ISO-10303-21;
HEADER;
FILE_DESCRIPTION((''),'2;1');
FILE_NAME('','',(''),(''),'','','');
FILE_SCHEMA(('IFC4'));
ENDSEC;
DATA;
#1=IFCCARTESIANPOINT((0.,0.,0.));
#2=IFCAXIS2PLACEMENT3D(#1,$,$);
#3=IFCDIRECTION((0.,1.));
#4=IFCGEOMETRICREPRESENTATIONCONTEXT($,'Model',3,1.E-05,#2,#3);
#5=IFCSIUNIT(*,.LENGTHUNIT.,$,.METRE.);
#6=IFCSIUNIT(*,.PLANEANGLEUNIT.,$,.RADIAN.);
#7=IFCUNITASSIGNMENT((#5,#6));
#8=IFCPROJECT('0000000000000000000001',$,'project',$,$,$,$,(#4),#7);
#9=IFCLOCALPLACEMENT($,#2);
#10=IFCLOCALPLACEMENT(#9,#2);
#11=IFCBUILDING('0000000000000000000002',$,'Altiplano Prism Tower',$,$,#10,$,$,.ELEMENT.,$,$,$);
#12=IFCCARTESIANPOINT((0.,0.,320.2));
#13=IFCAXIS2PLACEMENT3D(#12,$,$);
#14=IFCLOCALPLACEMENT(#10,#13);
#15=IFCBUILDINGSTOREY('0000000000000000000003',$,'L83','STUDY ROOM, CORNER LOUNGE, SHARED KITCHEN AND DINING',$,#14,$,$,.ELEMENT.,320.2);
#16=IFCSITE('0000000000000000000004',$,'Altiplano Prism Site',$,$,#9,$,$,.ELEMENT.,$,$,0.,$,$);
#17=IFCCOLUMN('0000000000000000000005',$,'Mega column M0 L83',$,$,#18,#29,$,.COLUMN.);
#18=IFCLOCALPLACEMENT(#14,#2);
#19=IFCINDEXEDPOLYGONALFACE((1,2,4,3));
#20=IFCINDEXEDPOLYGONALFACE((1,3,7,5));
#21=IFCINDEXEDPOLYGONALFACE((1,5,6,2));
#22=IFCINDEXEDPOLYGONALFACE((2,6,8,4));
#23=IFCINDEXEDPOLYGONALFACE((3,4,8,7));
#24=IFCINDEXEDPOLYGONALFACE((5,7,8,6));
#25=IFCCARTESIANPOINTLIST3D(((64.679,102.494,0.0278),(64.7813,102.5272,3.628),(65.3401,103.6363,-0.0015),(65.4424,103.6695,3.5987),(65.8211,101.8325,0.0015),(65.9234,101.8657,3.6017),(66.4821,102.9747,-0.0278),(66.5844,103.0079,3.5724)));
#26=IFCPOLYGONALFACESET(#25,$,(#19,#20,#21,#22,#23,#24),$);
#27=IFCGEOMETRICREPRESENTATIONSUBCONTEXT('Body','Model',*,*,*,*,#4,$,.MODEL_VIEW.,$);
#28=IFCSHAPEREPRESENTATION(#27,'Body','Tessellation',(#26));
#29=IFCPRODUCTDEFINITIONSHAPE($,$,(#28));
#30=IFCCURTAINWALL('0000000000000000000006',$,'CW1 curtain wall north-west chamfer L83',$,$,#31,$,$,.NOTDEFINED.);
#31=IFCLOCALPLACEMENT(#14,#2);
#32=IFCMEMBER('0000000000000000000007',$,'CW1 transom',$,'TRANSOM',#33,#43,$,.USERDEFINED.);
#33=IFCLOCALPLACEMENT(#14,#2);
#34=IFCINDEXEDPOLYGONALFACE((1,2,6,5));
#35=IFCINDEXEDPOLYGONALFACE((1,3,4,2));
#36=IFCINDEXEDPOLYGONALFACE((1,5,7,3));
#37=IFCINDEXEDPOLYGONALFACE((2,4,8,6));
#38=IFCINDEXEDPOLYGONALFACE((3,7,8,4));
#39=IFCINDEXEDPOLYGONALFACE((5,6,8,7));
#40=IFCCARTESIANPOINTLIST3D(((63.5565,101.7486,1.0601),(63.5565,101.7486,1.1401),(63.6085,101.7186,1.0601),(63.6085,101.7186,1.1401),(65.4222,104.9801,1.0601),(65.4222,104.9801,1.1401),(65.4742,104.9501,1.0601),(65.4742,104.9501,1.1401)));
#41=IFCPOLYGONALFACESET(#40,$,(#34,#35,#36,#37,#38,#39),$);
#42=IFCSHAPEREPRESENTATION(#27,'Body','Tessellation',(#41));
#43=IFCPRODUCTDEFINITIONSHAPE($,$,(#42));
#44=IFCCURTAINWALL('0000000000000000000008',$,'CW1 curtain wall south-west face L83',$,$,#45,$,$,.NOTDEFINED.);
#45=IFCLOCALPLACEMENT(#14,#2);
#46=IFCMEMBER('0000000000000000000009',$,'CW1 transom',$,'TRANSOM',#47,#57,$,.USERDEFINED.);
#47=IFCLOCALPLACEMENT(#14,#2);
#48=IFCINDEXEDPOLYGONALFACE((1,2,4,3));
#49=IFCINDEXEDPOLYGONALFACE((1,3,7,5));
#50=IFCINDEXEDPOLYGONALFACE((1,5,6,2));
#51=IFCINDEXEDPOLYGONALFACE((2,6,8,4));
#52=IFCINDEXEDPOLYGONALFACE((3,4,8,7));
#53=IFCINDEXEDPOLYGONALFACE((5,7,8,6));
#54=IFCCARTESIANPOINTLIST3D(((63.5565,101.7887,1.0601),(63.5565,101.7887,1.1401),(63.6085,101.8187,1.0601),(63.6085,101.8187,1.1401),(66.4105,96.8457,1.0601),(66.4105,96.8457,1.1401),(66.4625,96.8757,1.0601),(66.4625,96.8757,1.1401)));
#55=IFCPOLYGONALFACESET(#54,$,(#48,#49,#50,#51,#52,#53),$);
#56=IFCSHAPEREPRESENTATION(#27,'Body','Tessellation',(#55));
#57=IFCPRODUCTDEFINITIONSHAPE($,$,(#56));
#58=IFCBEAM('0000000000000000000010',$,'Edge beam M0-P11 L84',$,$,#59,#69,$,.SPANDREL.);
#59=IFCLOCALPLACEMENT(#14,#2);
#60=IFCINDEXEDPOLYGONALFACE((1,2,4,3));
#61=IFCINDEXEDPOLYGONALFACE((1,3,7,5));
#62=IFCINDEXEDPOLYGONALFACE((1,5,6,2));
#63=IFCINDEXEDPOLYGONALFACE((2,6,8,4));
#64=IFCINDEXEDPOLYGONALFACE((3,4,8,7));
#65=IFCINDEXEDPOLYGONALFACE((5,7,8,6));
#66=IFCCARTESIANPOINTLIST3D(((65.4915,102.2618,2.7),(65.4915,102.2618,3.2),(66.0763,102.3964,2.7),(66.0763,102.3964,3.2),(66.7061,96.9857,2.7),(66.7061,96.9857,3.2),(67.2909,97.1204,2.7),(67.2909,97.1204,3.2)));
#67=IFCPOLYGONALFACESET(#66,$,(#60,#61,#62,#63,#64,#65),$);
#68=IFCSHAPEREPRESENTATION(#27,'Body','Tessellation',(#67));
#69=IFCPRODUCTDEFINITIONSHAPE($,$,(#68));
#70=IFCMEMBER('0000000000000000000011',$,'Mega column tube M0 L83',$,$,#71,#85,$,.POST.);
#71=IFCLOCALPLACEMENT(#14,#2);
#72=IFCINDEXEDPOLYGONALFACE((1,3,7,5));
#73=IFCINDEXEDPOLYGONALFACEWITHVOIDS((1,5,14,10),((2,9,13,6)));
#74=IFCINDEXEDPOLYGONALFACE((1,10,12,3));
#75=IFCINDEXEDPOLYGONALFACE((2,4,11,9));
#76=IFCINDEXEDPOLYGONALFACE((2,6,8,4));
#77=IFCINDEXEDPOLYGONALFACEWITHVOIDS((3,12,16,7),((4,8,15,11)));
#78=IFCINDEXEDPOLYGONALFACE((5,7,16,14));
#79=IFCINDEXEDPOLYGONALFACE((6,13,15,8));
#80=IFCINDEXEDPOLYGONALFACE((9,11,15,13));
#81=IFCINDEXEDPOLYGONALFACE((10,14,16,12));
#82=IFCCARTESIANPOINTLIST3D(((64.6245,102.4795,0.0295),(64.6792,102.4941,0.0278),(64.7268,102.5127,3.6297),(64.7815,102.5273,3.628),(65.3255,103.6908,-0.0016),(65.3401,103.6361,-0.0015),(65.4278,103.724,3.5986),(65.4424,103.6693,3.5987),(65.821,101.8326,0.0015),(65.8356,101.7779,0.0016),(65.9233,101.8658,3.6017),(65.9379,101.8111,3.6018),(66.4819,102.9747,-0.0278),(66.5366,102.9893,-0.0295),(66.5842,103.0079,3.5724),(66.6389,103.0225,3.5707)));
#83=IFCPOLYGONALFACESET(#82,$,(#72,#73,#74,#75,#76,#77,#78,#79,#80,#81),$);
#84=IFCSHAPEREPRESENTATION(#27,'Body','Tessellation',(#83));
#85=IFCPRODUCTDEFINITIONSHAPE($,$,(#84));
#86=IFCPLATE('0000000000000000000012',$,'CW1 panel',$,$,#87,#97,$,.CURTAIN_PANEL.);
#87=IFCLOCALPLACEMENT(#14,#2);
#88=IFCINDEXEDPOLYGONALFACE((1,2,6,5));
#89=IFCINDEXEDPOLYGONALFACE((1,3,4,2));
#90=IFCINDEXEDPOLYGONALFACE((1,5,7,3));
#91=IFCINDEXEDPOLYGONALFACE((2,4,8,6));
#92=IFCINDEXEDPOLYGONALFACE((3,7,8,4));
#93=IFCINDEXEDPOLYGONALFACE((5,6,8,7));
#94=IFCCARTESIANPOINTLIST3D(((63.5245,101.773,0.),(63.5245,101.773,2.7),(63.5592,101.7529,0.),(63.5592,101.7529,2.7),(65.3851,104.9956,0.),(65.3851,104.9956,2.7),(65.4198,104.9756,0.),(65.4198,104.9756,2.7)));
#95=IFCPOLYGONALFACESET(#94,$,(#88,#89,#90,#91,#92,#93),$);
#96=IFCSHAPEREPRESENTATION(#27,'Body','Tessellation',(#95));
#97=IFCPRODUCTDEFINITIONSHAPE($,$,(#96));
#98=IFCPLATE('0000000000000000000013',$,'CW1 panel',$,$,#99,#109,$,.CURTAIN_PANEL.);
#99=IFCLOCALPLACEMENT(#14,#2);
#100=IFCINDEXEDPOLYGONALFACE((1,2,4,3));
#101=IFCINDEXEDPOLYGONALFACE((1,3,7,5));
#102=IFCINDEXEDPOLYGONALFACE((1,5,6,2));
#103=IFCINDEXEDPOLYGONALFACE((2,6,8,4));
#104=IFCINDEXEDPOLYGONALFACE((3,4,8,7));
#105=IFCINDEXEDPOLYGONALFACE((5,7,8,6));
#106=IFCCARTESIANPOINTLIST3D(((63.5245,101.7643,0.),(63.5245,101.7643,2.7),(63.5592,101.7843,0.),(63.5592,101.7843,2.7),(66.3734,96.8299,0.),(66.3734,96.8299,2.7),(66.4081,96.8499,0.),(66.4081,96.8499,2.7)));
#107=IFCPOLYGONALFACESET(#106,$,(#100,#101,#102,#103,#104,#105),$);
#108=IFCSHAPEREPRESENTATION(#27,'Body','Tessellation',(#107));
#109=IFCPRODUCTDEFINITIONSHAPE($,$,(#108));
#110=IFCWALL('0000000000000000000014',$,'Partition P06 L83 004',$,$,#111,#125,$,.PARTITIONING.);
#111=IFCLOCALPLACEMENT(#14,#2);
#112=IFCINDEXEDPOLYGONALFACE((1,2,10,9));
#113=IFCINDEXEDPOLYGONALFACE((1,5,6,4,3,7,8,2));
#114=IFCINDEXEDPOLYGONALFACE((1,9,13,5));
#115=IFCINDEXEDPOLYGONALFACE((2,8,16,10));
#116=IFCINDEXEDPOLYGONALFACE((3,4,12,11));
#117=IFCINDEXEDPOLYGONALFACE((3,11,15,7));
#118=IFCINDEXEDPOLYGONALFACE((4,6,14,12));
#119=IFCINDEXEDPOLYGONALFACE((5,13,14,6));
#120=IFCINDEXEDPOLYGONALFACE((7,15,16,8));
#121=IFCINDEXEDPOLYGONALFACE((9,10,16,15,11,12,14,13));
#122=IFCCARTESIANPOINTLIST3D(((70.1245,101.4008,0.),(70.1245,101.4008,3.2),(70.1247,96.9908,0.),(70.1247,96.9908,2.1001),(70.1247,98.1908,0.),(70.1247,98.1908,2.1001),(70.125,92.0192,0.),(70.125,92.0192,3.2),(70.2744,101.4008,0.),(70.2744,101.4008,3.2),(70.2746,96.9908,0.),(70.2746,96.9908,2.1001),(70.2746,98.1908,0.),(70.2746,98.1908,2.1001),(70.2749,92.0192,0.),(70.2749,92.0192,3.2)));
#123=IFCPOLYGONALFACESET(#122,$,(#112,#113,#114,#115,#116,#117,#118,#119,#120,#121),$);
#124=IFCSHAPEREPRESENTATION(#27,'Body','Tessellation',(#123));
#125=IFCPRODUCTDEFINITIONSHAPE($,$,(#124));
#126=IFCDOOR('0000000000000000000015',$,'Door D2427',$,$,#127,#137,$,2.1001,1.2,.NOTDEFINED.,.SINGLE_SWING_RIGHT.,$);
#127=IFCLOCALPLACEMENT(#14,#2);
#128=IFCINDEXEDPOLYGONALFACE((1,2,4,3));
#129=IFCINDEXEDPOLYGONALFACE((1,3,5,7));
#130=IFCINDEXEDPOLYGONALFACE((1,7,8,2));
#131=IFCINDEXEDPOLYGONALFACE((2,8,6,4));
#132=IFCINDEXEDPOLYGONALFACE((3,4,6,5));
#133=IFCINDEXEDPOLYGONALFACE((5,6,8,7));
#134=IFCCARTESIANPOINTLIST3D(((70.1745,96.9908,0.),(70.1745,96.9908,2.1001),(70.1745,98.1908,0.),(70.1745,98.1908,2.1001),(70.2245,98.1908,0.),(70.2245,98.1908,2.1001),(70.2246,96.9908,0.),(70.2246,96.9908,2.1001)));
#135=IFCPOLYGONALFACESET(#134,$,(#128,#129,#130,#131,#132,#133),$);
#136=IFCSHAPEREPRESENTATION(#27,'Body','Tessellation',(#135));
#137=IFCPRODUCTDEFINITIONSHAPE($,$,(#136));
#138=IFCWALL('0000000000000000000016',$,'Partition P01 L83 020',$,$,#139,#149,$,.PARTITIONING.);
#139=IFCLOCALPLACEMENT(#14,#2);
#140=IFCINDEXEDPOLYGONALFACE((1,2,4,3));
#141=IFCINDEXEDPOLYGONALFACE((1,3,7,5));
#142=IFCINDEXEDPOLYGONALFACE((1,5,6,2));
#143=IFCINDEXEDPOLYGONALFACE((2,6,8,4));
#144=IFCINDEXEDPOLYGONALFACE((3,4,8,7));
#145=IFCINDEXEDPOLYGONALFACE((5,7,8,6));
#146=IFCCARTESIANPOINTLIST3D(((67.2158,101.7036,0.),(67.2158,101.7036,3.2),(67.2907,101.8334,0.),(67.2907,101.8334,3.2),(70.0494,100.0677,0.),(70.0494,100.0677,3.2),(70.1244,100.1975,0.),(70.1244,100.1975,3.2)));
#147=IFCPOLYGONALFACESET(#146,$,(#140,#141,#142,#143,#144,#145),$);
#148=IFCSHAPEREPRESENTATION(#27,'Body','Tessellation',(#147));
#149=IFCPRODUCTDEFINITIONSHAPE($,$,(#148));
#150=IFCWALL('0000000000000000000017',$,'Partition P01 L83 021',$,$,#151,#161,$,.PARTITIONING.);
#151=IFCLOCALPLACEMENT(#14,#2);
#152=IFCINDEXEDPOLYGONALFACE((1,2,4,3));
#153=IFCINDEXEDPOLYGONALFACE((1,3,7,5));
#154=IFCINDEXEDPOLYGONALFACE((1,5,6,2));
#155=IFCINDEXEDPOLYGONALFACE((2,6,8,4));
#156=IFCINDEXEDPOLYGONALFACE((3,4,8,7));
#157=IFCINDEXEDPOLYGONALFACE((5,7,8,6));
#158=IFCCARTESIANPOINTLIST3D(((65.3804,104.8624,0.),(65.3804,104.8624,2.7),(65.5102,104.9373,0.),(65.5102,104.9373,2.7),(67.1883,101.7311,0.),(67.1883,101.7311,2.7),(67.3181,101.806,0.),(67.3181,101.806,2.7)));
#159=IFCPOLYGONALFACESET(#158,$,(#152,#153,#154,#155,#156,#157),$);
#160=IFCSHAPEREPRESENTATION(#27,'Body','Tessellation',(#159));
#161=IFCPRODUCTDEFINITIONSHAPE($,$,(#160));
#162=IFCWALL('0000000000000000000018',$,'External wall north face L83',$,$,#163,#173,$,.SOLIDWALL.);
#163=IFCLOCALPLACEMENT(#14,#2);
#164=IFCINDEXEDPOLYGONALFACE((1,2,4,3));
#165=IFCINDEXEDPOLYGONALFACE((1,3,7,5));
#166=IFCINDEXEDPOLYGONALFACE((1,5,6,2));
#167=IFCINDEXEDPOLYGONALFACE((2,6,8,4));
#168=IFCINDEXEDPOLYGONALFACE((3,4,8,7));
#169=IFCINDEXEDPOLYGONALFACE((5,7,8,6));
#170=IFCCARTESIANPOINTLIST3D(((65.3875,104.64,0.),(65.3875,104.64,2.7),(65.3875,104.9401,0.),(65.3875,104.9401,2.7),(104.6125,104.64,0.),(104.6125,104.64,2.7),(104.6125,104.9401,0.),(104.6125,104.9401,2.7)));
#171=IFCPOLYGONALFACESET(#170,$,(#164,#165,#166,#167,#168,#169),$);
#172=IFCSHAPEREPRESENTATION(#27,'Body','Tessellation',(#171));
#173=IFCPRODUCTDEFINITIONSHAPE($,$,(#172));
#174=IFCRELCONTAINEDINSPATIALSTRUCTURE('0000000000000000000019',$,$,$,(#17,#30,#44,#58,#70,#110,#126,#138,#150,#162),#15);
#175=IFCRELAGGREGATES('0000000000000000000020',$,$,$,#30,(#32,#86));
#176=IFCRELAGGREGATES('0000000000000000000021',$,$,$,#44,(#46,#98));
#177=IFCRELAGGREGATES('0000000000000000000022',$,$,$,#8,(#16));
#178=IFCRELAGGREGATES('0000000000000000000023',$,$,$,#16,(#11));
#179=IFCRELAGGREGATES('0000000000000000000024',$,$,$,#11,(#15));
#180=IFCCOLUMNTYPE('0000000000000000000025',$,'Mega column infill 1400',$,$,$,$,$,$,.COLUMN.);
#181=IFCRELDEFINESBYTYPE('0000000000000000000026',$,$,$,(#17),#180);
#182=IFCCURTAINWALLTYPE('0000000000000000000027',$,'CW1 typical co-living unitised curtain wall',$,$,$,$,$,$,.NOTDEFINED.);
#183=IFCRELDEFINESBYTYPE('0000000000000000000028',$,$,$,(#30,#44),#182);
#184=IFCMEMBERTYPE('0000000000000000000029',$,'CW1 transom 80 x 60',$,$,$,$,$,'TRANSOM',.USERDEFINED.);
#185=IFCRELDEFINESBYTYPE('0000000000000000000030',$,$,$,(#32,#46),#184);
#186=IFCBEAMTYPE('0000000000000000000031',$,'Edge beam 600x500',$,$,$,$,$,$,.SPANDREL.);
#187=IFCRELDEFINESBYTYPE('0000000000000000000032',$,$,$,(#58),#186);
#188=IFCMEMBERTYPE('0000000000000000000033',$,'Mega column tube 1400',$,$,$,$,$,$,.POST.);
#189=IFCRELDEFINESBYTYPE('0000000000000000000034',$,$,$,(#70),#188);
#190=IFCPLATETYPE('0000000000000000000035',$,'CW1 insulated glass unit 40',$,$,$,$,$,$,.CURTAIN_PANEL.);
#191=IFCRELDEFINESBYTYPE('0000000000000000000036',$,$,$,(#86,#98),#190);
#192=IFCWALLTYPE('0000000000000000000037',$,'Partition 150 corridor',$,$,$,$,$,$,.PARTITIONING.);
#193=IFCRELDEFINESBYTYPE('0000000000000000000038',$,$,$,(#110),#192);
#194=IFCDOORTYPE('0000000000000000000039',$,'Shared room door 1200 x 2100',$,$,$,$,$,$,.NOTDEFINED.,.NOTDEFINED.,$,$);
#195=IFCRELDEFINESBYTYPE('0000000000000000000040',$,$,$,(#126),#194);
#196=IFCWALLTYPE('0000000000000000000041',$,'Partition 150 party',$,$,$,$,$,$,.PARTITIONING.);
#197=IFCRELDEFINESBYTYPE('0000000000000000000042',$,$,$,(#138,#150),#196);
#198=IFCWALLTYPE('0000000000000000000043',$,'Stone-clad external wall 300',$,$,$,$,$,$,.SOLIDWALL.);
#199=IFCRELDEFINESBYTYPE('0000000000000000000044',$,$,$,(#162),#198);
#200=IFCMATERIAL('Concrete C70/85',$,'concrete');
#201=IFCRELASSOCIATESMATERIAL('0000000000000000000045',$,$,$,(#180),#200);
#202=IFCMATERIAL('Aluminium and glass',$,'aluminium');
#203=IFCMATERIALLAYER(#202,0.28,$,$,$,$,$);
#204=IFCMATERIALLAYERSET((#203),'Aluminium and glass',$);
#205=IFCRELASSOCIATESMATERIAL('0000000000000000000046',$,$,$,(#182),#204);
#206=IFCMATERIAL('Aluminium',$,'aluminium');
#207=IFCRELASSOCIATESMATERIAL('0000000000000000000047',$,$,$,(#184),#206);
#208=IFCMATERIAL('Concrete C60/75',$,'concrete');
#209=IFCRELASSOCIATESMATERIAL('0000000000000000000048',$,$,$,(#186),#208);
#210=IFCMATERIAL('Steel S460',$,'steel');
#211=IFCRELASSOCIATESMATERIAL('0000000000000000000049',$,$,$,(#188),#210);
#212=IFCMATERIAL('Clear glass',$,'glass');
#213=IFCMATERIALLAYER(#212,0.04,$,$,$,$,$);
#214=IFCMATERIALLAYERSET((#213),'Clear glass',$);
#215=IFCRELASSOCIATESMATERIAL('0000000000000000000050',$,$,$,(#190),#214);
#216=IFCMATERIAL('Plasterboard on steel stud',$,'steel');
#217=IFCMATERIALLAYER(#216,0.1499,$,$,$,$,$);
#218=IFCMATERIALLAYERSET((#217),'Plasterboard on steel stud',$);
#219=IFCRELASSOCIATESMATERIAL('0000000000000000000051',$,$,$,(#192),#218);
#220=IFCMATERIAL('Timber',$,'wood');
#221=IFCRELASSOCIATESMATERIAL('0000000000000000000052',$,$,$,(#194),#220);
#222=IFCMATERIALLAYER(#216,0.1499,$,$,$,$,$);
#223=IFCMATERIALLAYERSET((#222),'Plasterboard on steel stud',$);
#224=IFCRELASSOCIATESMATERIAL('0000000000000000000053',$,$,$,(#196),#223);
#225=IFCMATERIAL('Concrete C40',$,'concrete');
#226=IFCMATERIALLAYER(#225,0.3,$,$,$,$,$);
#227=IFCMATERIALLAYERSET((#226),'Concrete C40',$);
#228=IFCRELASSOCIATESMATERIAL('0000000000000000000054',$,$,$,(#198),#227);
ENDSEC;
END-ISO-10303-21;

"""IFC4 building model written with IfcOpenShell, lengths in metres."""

from ifc_helpers import new_model, si_unit, direction, frame, frame_2d, origin, origin_2d, place, context, subcontext, project, spatial, rectangle, hollow_rectangle, extrude, material, layer, layer_set, material_profile, profile_set, type_object, element, fill, aggregate, save


model = new_model("IFC4")

# Units and contexts
model_context = context("Model", 3, precision=1e-05, world=origin(), true_north=direction((0.0, 1.0)))
body_context = subcontext(model_context, "Body", "Model", "MODEL_VIEW")
ifc_project = project(units=[si_unit("LENGTHUNIT", "METRE"), si_unit("PLANEANGLEUNIT", "RADIAN")], contexts=[model_context])

# Site, building, storey
site_placement = place(None, origin())
site = spatial("IfcSite", under=ifc_project, at=site_placement, Name="Altiplano Prism Site", CompositionType="ELEMENT", RefElevation=0.0)
building_placement = place(site_placement, origin())
building = spatial("IfcBuilding", under=site, at=building_placement, Name="Altiplano Prism Tower", CompositionType="ELEMENT")
storey_placement = place(building_placement, frame((0.0, 0.0, 320.2)))
storey = spatial("IfcBuildingStorey", under=building, at=storey_placement, Name="L83", Description="STUDY ROOM, CORNER LOUNGE, SHARED KITCHEN AND DINING", CompositionType="ELEMENT", Elevation=320.2)

# Column
ifc_material_1 = material(Name="Concrete C70/85", Category="concrete")
ifc_material_profile_1 = material_profile(ifc_material_1, rectangle(XDim=1.3201, YDim=1.3201, at=origin_2d()), Name="Mega column infill 1400")
ifc_profile_set_1 = profile_set([ifc_material_profile_1], Name="Concrete C70/85")
column_type = type_object("IfcColumnType", Name="Mega column infill 1400", PredefinedType="COLUMN", material=ifc_profile_set_1)
column_placement = place(storey_placement, frame((65.5806, 102.7344, 0.0), z_axis=(0.028402, 0.009219, 0.999554), x_axis=(-0.865122, 0.501165, 0.01996)))
element("IfcColumn", 1, at=column_placement, inside=storey, type_object=column_type, Name="Mega column M0 L83", PredefinedType="COLUMN", context=body_context, shape_type="SweptSolid", body=[
    extrude(rectangle(XDim=1.3201, YDim=1.3201, at=origin_2d()), origin(), (0.0, 0.0, 1.0), 3.6018),
])

# Curtain walls, members
ifc_material_2 = material(Name="Aluminium and glass", Category="aluminium")
ifc_layer_1 = layer(ifc_material_2, 0.28)
ifc_layer_set_1 = layer_set([ifc_layer_1], Name="Aluminium and glass")
curtain_wall_type = type_object("IfcCurtainWallType", Name="CW1 typical co-living unitised curtain wall", PredefinedType="NOTDEFINED", material=ifc_layer_set_1)
curtain_wall_1_placement = place(storey_placement, origin())
curtain_wall_1 = element("IfcCurtainWall", 2, at=curtain_wall_1_placement, inside=storey, type_object=curtain_wall_type, Name="CW1 curtain wall north-west chamfer L83", PredefinedType="NOTDEFINED")
ifc_material_3 = material(Name="Aluminium", Category="aluminium")
ifc_material_profile_2 = material_profile(ifc_material_3, rectangle(XDim=0.0601, YDim=0.0801, at=origin_2d()), Name="CW1 transom 80 x 60")
ifc_profile_set_2 = profile_set([ifc_material_profile_2], Name="Aluminium")
member_type_1 = type_object("IfcMemberType", Name="CW1 transom 80 x 60", ElementType="TRANSOM", PredefinedType="USERDEFINED", material=ifc_profile_set_2)
member_1_placement = place(storey_placement, frame((65.4482, 104.9651, 1.1001), z_axis=(-0.500009, -0.86602, 0.0), x_axis=(0.86602, -0.500009, 0.0)))
member_1 = element("IfcMember", 3, at=member_1_placement, type_object=member_type_1, Name="CW1 transom", ObjectType="TRANSOM", PredefinedType="USERDEFINED", context=body_context, shape_type="SweptSolid", body=[
    extrude(rectangle(XDim=0.0601, YDim=0.0801, at=origin_2d()), origin(), (0.0, 0.0, 1.0), 3.7314),
])
curtain_wall_2_placement = place(storey_placement, origin())
curtain_wall_2 = element("IfcCurtainWall", 4, at=curtain_wall_2_placement, inside=storey, type_object=curtain_wall_type, Name="CW1 curtain wall south-west face L83", PredefinedType="NOTDEFINED")
member_2_placement = place(storey_placement, frame((63.5825, 101.8037, 1.1001), z_axis=(0.500012, -0.866018, 0.0), x_axis=(0.866018, 0.500012, 0.0)))
member_2 = element("IfcMember", 5, at=member_2_placement, type_object=member_type_1, Name="CW1 transom", ObjectType="TRANSOM", PredefinedType="USERDEFINED", context=body_context, shape_type="SweptSolid", body=[
    extrude(rectangle(XDim=0.0601, YDim=0.0801, at=origin_2d()), origin(), (0.0, 0.0, 1.0), 5.7078),
])

# Beam
ifc_material_4 = material(Name="Concrete C60/75", Category="concrete")
ifc_material_profile_3 = material_profile(ifc_material_4, rectangle(XDim=0.6001, YDim=0.5, at=origin_2d()), Name="Edge beam 600x500")
ifc_profile_set_3 = profile_set([ifc_material_profile_3], Name="Concrete C60/75")
beam_type = type_object("IfcBeamType", Name="Edge beam 600x500", PredefinedType="SPANDREL", material=ifc_profile_set_3)
beam_placement = place(storey_placement, frame((65.7839, 102.3291, 2.95), z_axis=(0.224339, -0.974511, 0.0), x_axis=(0.974511, 0.224339, 0.0)))
element("IfcBeam", 6, at=beam_placement, inside=storey, type_object=beam_type, Name="Edge beam M0-P11 L84", PredefinedType="SPANDREL", context=body_context, shape_type="SweptSolid", body=[
    extrude(rectangle(XDim=0.6001, YDim=0.5, at=origin_2d()), origin(), (0.0, 0.0, 1.0), 5.4141),
])

# Member
ifc_material_5 = material(Name="Steel S460", Category="steel")
ifc_material_profile_4 = material_profile(ifc_material_5, hollow_rectangle(XDim=1.3999, YDim=1.3999, WallThickness=0.04, at=origin_2d()), Name="Mega column tube 1400")
ifc_profile_set_4 = profile_set([ifc_material_profile_4], Name="Steel S460")
member_type_2 = type_object("IfcMemberType", Name="Mega column tube 1400", PredefinedType="POST", material=ifc_profile_set_4)
member_3_placement = place(storey_placement, frame((65.5806, 102.7344, 0.0), z_axis=(0.028402, 0.009219, 0.999554), x_axis=(-0.865122, 0.501165, 0.01996)))
element("IfcMember", 7, at=member_3_placement, inside=storey, type_object=member_type_2, Name="Mega column tube M0 L83", PredefinedType="POST", context=body_context, shape_type="SweptSolid", body=[
    extrude(hollow_rectangle(XDim=1.3999, YDim=1.3999, WallThickness=0.04, at=origin_2d()), origin(), (0.0, 0.0, 1.0), 3.6018),
])

# Plates
ifc_material_6 = material(Name="Clear glass", Category="glass")
ifc_layer_2 = layer(ifc_material_6, 0.04)
ifc_layer_set_2 = layer_set([ifc_layer_2], Name="Clear glass")
plate_type = type_object("IfcPlateType", Name="CW1 insulated glass unit 40", PredefinedType="CURTAIN_PANEL", material=ifc_layer_set_2)
plate_1_placement = place(storey_placement, frame((64.4722, 103.3743, 0.0), z_axis=(0.0, 0.0, 1.0), x_axis=(-0.5, -0.866025, 0.0)))
plate_1 = element("IfcPlate", 8, at=plate_1_placement, type_object=plate_type, Name="CW1 panel", PredefinedType="CURTAIN_PANEL", context=body_context, shape_type="SweptSolid", body=[
    extrude(rectangle(XDim=3.7212, YDim=0.04, at=origin_2d()), origin(), (0.0, 0.0, 1.0), 2.7),
])
aggregate(curtain_wall_1, [member_1, plate_1])
plate_2_placement = place(storey_placement, frame((64.9663, 99.3071, 0.0), z_axis=(0.0, 0.0, 1.0), x_axis=(0.5, -0.866025, 0.0)))
plate_2 = element("IfcPlate", 9, at=plate_2_placement, type_object=plate_type, Name="CW1 panel", PredefinedType="CURTAIN_PANEL", context=body_context, shape_type="SweptSolid", body=[
    extrude(rectangle(XDim=5.6978, YDim=0.04, at=origin_2d()), origin(), (0.0, 0.0, 1.0), 2.7),
])
aggregate(curtain_wall_2, [member_2, plate_2])

# Wall, opening, door
ifc_material_7 = material(Name="Plasterboard on steel stud", Category="steel")
ifc_layer_3 = layer(ifc_material_7, 0.1499)
ifc_layer_set_3 = layer_set([ifc_layer_3], Name="Plasterboard on steel stud")
wall_type_1 = type_object("IfcWallType", Name="Partition 150 corridor", PredefinedType="PARTITIONING", material=ifc_layer_set_3)
wall_1_placement = place(storey_placement, frame((70.1995, 101.4009, 0.0), z_axis=(0.0, 0.0, 1.0), x_axis=(0.000052, -1.0, 0.0)))
wall_1 = element("IfcWall", 10, at=wall_1_placement, inside=storey, type_object=wall_type_1, Name="Partition P06 L83 004", PredefinedType="PARTITIONING", context=body_context, shape_type="SweptSolid", body=[
    extrude(rectangle(XDim=9.3816, YDim=0.1499, at=frame_2d((4.6909, 0.0))), origin(), (0.0, 0.0, 1.0), 3.2),
])
opening_placement = place(wall_1_placement, frame((3.21, 0.0, 0.0)))
opening = element("IfcOpeningElement", 11, at=opening_placement, cuts=wall_1, PredefinedType="OPENING", context=body_context, shape_type="SweptSolid", body=[
    extrude(rectangle(XDim=1.2, YDim=2.1001, at=frame_2d((0.6001, 1.05))), frame((0.0, 0.0854, 0.0), z_axis=(0.0, -1.0, 0.0), x_axis=(1.0, 0.0, 0.0)), (0.0, 0.0, 1.0), 0.1709),
])
ifc_material_8 = material(Name="Timber", Category="wood")
door_type = type_object("IfcDoorType", Name="Shared room door 1200 x 2100", OperationType="NOTDEFINED", PredefinedType="NOTDEFINED", material=ifc_material_8)
door_placement = place(opening_placement, origin())
door = element("IfcDoor", 12, at=door_placement, inside=storey, type_object=door_type, Name="Door D2427", OperationType="SINGLE_SWING_RIGHT", OverallHeight=2.1001, OverallWidth=1.2, PredefinedType="NOTDEFINED", context=body_context, shape_type="SweptSolid", body=[
    extrude(rectangle(XDim=1.2, YDim=2.1001, at=frame_2d((0.6001, 1.05))), frame((0.0, 0.0249, 0.0), z_axis=(0.0, -1.0, 0.0), x_axis=(1.0, 0.0, 0.0)), (0.0, 0.0, 1.0), 0.05),
])
fill(opening, door)

# Walls
ifc_layer_4 = layer(ifc_material_7, 0.1499)
ifc_layer_set_4 = layer_set([ifc_layer_4], Name="Plasterboard on steel stud")
wall_type_2 = type_object("IfcWallType", Name="Partition 150 party", PredefinedType="PARTITIONING", material=ifc_layer_set_4)
wall_2_placement = place(storey_placement, frame((70.0869, 100.1326, 0.0), z_axis=(0.0, 0.0, 1.0), x_axis=(-0.866035, 0.499983, 0.0)))
element("IfcWall", 13, at=wall_2_placement, inside=storey, type_object=wall_type_2, Name="Partition P01 L83 020", PredefinedType="PARTITIONING", context=body_context, shape_type="SweptSolid", body=[
    extrude(rectangle(XDim=3.272, YDim=0.1499, at=frame_2d((1.636, 0.0))), origin(), (0.0, 0.0, 1.0), 3.2),
])
wall_3_placement = place(storey_placement, frame((67.2532, 101.7686, 0.0), z_axis=(0.0, 0.0, 1.0), x_axis=(-0.499995, 0.866028, 0.0)))
element("IfcWall", 14, at=wall_3_placement, inside=storey, type_object=wall_type_2, Name="Partition P01 L83 021", PredefinedType="PARTITIONING", context=body_context, shape_type="SweptSolid", body=[
    extrude(rectangle(XDim=3.6157, YDim=0.1499, at=frame_2d((1.8079, 0.0))), origin(), (0.0, 0.0, 1.0), 2.7),
])
ifc_material_9 = material(Name="Concrete C40", Category="concrete")
ifc_layer_5 = layer(ifc_material_9, 0.3)
ifc_layer_set_5 = layer_set([ifc_layer_5], Name="Concrete C40")
wall_type_3 = type_object("IfcWallType", Name="Stone-clad external wall 300", PredefinedType="SOLIDWALL", material=ifc_layer_set_5)
wall_4_placement = place(storey_placement, frame((65.3875, 104.79, 0.0), z_axis=(0.0, 0.0, 1.0), x_axis=(1.0, 0.0, 0.0)))
element("IfcWall", 15, at=wall_4_placement, inside=storey, type_object=wall_type_3, Name="External wall north face L83", PredefinedType="SOLIDWALL", context=body_context, shape_type="SweptSolid", body=[
    extrude(rectangle(XDim=39.2251, YDim=0.3, at=frame_2d((19.6125, 0.0))), origin(), (0.0, 0.0, 1.0), 2.7),
])

save(model, "model.ifc")
